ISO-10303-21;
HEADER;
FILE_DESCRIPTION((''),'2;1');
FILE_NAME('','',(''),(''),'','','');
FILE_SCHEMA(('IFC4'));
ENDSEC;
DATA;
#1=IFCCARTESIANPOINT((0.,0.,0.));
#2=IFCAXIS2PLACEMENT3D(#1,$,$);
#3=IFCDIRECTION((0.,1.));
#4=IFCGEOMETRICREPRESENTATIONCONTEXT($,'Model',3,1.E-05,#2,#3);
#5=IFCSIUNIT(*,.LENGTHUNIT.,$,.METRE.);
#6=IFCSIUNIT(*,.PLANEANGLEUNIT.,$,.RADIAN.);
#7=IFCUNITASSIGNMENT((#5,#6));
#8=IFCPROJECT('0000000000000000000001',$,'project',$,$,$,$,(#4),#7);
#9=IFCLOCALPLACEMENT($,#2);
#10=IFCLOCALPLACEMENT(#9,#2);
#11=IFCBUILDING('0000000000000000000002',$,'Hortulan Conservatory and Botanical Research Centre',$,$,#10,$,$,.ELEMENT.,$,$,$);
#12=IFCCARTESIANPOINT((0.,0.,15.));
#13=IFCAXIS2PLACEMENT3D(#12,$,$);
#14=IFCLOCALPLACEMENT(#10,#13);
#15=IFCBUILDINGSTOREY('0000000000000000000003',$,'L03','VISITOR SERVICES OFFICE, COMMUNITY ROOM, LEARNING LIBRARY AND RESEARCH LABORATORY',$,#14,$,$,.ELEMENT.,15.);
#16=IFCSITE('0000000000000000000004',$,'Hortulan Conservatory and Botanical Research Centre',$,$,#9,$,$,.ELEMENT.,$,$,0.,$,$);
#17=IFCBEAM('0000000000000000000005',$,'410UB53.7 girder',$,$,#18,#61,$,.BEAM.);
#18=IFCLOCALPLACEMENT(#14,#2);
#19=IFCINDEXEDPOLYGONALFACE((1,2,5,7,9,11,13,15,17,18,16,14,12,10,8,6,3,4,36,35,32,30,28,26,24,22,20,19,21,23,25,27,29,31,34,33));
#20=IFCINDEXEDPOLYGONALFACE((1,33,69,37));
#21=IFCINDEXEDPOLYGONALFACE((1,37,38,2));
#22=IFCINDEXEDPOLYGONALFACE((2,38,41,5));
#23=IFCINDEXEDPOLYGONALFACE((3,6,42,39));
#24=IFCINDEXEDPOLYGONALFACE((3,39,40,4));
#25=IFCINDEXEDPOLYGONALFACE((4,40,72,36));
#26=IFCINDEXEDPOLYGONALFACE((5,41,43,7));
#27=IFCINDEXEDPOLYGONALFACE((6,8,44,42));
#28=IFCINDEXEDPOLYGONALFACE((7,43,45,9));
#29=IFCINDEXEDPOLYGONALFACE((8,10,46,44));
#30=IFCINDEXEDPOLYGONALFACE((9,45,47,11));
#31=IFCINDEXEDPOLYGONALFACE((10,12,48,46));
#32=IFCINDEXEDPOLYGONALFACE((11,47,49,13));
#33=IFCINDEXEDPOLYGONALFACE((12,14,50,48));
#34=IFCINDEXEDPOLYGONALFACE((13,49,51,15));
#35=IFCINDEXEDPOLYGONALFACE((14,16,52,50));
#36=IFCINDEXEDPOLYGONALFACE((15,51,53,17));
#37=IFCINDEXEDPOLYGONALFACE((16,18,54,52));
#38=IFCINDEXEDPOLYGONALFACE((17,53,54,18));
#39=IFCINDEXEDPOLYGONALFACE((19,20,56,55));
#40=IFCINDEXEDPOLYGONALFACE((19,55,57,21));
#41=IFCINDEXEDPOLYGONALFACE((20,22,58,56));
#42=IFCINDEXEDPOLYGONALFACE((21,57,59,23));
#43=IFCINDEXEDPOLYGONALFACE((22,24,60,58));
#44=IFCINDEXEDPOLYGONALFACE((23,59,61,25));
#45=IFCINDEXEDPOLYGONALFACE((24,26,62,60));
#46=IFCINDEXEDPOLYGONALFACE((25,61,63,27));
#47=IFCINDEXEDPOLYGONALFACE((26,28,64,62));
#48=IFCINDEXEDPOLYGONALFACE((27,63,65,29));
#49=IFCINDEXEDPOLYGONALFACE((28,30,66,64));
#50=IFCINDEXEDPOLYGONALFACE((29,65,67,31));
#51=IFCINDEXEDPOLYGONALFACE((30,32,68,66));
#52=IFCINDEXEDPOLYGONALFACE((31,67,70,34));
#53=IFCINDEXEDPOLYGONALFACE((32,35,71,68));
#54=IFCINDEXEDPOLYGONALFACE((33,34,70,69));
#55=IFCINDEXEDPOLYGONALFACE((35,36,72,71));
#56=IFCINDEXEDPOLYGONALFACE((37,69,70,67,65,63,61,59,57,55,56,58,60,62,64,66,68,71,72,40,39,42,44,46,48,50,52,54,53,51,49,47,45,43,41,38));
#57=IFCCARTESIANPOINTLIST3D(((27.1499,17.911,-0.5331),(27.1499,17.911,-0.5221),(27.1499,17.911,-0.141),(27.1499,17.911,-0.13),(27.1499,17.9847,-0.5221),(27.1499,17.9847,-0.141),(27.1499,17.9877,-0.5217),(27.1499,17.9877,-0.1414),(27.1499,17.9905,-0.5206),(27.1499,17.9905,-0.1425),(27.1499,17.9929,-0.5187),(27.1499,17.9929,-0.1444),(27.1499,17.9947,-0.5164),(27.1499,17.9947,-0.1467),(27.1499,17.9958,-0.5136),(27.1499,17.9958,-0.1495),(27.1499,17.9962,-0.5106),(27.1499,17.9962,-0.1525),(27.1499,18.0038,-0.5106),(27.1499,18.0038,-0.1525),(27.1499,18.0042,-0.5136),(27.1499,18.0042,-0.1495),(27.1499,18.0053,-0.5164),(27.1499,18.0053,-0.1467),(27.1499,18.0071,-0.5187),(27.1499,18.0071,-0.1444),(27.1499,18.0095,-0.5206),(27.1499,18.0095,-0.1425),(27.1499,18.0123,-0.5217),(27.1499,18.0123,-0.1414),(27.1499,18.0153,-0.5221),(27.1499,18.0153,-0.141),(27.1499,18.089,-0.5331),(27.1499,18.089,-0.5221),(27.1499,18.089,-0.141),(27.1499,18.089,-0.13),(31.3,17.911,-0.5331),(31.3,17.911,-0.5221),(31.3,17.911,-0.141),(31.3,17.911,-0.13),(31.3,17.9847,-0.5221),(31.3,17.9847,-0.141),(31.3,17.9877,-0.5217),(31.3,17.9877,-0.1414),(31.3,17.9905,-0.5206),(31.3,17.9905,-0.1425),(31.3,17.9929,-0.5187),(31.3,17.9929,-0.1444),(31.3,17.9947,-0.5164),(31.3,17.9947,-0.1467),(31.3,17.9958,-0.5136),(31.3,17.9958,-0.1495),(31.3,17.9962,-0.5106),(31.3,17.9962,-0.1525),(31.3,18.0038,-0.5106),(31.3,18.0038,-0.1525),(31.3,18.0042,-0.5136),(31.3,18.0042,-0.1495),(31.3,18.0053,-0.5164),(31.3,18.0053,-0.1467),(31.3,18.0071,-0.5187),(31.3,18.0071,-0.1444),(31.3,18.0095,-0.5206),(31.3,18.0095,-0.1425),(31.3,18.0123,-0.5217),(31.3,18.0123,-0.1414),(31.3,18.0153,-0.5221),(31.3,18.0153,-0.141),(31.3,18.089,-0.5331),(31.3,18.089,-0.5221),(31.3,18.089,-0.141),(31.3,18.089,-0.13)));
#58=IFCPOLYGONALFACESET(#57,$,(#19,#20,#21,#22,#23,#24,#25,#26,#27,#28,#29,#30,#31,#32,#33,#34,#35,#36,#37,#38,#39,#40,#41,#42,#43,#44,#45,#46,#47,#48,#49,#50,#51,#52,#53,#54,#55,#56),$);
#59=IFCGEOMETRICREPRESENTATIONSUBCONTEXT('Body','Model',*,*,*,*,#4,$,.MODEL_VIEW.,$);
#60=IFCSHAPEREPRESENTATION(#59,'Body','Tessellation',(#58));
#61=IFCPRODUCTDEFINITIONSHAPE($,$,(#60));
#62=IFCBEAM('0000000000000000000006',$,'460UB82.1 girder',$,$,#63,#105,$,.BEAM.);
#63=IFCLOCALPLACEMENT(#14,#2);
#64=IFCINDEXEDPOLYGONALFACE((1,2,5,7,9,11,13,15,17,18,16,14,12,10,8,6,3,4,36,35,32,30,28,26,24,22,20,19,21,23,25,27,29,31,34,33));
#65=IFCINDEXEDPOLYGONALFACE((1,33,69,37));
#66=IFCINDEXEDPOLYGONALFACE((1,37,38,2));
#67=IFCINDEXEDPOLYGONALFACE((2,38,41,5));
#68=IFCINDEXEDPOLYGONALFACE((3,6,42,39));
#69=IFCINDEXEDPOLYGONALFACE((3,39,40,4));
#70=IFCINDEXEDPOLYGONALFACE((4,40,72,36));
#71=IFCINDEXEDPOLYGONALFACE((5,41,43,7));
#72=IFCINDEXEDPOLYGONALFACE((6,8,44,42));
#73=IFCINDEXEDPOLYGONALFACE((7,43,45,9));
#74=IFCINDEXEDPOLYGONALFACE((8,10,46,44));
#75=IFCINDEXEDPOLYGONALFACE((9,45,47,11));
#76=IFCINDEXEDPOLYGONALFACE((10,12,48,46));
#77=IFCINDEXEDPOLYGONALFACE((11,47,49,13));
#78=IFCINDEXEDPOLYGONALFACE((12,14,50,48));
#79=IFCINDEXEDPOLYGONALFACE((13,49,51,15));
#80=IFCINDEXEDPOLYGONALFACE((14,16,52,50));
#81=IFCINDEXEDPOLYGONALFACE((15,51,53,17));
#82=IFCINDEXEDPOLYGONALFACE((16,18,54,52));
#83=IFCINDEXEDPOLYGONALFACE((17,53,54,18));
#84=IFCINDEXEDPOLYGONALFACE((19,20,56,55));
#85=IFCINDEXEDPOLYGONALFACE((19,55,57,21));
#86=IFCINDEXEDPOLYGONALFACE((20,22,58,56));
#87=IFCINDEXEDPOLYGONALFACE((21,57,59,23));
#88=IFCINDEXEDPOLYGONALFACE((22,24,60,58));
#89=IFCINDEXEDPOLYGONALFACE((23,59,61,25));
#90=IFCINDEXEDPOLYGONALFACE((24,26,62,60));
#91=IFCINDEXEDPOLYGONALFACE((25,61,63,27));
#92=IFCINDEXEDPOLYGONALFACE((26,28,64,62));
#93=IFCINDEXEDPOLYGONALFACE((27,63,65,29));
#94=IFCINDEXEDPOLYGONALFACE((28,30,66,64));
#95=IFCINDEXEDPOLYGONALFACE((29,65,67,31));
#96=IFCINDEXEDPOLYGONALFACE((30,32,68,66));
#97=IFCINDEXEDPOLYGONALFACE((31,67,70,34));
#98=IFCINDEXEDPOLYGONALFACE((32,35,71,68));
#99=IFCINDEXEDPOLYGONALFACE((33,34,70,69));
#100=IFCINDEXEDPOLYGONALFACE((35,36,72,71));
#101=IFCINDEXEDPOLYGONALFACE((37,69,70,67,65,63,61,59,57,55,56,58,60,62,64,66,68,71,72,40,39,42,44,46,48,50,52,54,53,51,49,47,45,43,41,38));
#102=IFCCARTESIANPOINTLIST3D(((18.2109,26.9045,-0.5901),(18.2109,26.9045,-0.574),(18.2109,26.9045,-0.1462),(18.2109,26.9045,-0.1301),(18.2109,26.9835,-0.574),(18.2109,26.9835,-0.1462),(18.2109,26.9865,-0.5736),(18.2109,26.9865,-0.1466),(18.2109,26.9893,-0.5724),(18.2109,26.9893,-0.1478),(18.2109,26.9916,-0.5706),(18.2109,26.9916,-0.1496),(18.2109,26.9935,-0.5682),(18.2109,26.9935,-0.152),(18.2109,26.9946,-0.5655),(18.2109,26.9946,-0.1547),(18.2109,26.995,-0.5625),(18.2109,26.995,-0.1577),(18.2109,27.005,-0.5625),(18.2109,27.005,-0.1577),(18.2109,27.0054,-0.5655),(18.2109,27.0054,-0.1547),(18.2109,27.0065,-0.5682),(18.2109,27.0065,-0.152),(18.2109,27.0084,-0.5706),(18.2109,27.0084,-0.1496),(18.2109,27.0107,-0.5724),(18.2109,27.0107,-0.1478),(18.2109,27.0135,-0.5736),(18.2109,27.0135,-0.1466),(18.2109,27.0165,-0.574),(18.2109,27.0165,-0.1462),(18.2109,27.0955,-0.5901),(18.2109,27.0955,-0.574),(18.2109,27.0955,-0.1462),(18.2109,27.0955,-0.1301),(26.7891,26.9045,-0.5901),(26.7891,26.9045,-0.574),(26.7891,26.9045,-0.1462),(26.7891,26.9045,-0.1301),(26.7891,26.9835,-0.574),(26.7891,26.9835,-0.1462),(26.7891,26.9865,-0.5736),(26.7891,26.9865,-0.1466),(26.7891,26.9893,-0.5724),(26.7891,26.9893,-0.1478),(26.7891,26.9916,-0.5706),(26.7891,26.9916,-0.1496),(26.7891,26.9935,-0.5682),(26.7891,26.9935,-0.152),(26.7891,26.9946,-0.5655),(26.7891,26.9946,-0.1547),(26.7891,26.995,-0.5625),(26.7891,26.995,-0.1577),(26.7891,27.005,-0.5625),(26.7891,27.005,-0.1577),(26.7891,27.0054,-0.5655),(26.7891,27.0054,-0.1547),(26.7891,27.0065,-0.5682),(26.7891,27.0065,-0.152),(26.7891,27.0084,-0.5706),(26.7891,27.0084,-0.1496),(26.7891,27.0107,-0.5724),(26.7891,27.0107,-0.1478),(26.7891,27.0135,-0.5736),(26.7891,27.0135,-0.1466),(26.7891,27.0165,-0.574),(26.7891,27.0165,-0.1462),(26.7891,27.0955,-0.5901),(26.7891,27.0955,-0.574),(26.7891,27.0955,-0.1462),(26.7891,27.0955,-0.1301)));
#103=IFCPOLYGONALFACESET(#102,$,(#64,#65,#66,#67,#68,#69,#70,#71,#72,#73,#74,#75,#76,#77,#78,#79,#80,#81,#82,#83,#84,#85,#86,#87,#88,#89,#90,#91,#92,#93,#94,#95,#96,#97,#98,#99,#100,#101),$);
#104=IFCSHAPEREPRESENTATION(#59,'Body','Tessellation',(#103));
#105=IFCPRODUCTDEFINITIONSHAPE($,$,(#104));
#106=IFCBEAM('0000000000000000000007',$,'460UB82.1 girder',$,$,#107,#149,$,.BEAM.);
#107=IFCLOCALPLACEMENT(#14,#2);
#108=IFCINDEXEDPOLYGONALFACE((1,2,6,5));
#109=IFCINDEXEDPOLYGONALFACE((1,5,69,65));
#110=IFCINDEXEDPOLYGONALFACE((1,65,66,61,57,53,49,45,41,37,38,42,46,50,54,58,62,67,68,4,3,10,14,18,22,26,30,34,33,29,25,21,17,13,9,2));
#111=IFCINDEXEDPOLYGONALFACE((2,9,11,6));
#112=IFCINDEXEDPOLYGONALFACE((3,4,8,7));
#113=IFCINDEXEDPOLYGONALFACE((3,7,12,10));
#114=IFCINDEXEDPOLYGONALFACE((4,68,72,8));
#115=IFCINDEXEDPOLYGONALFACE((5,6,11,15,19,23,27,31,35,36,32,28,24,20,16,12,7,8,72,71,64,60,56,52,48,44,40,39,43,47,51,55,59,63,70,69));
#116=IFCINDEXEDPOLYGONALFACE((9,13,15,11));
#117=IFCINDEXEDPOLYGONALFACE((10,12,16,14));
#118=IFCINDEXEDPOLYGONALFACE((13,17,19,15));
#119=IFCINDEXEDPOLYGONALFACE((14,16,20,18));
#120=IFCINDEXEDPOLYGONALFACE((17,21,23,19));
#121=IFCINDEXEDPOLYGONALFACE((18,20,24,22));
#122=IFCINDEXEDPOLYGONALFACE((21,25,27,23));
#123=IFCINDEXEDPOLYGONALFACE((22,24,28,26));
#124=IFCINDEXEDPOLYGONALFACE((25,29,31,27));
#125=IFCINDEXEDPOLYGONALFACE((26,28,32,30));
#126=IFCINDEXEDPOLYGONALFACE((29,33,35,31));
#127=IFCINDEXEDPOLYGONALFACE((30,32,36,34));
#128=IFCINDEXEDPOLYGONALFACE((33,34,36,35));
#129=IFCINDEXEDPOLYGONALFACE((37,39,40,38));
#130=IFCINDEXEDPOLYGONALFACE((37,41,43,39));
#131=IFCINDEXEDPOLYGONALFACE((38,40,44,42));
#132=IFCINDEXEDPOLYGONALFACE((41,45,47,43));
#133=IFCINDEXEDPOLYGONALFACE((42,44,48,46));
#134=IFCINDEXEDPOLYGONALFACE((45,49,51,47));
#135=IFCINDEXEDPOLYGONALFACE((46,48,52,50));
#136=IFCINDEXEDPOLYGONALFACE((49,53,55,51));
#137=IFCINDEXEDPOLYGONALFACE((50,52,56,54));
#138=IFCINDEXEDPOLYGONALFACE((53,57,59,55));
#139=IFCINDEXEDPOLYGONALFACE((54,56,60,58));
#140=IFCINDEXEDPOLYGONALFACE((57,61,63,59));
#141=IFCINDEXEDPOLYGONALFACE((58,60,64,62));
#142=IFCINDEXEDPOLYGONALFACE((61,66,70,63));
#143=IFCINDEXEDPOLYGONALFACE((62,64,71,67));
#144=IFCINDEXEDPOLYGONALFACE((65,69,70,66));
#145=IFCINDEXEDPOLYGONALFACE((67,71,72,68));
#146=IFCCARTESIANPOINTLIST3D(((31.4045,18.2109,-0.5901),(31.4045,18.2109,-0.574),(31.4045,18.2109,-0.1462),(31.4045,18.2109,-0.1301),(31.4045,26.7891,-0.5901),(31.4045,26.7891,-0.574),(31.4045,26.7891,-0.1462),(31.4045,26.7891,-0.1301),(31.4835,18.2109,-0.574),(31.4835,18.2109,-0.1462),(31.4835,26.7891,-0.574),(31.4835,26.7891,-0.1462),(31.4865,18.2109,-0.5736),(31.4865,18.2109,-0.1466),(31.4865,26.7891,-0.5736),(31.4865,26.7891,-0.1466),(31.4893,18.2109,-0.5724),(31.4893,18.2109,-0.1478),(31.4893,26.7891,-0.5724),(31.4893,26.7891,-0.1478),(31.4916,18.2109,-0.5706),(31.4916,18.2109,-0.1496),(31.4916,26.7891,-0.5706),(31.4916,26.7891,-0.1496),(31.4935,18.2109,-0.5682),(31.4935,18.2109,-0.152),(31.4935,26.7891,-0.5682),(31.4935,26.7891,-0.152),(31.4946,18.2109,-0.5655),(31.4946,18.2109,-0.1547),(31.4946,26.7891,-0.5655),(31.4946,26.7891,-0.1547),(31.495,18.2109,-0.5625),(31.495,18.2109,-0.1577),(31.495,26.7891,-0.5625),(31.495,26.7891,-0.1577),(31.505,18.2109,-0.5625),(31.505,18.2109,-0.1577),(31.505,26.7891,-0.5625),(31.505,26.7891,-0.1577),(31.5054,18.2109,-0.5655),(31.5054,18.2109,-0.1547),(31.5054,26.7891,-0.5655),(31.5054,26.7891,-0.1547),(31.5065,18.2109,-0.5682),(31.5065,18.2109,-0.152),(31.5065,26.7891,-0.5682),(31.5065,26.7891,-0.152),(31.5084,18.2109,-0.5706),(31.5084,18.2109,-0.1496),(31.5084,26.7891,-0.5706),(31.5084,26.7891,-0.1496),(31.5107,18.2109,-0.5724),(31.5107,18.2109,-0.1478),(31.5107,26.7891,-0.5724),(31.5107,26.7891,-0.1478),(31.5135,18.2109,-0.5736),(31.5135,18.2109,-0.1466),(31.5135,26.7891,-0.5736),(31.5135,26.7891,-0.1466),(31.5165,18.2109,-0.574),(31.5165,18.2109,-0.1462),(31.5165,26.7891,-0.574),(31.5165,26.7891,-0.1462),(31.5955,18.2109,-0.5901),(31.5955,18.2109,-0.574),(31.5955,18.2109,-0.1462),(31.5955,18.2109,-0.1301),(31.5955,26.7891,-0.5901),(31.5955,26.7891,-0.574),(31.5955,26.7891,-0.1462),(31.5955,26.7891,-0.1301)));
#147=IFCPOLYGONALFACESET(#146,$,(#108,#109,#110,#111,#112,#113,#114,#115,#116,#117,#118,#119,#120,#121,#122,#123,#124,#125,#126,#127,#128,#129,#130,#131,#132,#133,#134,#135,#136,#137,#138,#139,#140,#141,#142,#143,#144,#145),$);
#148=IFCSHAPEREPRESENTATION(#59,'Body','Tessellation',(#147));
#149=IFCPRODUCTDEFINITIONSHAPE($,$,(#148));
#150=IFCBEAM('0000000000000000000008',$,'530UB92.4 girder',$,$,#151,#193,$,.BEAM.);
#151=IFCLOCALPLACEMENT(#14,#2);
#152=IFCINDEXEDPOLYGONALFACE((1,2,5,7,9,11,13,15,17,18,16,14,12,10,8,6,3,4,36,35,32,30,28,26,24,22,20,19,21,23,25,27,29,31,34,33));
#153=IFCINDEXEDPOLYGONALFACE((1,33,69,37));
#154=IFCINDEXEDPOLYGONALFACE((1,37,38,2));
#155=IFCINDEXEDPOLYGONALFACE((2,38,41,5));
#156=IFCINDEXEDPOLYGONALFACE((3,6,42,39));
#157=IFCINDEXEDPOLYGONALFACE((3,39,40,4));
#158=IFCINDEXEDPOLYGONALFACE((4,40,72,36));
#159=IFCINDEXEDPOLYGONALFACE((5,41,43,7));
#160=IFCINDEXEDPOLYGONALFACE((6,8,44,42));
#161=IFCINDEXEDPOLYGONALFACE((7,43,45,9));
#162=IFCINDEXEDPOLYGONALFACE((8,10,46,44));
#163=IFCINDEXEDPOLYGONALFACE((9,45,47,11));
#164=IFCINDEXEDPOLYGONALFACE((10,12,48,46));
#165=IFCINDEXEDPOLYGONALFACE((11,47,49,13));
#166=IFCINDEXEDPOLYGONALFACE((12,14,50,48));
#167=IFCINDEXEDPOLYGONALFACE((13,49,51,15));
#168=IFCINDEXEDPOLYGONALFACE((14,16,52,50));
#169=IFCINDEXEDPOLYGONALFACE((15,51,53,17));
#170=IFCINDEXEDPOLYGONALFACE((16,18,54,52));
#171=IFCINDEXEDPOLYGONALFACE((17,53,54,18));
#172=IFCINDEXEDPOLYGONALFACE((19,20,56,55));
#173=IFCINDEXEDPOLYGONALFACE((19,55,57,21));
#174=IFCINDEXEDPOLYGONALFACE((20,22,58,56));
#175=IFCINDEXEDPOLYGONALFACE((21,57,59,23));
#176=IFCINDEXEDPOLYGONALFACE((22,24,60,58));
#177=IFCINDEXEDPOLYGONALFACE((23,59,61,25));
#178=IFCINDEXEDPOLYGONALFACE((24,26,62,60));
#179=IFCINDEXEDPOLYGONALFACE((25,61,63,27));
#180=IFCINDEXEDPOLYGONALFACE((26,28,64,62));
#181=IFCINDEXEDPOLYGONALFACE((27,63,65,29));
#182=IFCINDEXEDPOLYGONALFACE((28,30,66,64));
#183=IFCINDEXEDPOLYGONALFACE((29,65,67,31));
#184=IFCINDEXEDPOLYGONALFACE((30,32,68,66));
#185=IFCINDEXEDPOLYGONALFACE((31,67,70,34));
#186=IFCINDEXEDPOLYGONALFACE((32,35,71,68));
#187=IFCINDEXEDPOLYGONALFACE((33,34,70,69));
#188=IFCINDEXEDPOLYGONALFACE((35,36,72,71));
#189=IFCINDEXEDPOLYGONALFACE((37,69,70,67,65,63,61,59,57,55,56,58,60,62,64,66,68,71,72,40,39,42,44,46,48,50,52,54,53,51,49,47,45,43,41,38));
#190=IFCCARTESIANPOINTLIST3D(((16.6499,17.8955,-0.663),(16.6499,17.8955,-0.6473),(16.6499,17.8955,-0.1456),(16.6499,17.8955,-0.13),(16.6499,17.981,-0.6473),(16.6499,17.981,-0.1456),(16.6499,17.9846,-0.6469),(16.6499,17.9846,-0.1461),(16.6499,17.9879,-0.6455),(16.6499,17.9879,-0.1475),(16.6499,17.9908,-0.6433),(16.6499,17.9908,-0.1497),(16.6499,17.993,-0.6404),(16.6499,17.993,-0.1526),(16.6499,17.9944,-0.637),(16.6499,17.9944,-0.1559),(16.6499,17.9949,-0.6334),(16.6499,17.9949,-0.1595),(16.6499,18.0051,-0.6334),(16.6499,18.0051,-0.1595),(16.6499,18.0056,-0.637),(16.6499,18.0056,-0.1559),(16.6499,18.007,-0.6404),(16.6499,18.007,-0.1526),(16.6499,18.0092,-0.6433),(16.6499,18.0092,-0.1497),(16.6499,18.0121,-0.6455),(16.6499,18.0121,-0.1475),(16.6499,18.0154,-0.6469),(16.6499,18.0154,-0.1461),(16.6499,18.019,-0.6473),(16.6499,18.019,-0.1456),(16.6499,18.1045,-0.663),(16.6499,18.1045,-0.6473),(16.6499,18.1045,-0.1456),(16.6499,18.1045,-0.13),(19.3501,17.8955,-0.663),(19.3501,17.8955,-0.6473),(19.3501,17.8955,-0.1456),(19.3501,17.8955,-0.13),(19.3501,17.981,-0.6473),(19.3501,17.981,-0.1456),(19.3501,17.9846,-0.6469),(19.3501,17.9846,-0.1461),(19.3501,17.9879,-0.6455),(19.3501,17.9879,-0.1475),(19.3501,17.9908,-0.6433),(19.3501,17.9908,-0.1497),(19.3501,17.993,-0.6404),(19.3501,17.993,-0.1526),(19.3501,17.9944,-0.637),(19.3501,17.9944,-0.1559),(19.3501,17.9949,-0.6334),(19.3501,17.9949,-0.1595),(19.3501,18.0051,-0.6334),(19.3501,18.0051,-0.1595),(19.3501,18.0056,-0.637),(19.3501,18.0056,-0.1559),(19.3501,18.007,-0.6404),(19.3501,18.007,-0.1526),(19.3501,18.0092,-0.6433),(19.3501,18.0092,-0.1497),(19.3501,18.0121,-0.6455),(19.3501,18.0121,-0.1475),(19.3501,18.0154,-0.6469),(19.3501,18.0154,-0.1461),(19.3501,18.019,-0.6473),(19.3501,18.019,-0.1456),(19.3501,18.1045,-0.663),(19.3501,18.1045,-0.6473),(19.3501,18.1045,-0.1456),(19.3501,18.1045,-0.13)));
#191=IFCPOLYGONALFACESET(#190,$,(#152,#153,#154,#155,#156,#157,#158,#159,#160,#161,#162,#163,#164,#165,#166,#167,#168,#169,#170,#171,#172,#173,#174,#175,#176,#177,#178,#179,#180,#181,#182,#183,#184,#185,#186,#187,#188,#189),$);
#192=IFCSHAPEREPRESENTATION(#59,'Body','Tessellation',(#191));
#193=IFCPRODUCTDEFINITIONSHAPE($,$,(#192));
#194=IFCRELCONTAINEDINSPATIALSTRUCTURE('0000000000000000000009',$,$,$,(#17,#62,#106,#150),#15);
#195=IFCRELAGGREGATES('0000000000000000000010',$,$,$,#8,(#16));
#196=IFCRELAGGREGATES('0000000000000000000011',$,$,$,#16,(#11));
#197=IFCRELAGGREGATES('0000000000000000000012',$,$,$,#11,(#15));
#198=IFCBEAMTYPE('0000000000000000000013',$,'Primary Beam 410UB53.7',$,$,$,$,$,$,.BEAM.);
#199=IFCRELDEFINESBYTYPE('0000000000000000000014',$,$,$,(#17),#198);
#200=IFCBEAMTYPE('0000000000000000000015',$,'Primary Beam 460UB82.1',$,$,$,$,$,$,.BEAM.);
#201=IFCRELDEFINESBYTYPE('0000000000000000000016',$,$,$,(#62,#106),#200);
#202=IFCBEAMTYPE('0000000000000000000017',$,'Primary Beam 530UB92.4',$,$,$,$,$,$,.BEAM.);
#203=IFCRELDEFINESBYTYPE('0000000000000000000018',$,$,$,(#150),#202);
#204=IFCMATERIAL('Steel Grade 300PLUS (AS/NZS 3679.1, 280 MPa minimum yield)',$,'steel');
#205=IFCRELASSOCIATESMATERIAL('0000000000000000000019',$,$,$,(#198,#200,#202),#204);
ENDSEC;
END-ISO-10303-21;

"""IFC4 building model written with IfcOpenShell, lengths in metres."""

from ifc_helpers import new_model, si_unit, direction, frame, origin, origin_2d, place, context, subcontext, project, spatial, i_section, extrude, material, material_profile, profile_set, type_object, element, save


model = new_model("IFC4")

# Units and contexts
model_context = context("Model", 3, precision=1e-05, world=origin(), true_north=direction((0.0, 1.0)))
body_context = subcontext(model_context, "Body", "Model", "MODEL_VIEW")
ifc_project = project(units=[si_unit("LENGTHUNIT", "METRE"), si_unit("PLANEANGLEUNIT", "RADIAN")], contexts=[model_context])

# Site, building, storey
site_placement = place(None, origin())
site = spatial("IfcSite", under=ifc_project, at=site_placement, Name="Hortulan Conservatory and Botanical Research Centre", CompositionType="ELEMENT", RefElevation=0.0)
building_placement = place(site_placement, origin())
building = spatial("IfcBuilding", under=site, at=building_placement, Name="Hortulan Conservatory and Botanical Research Centre", CompositionType="ELEMENT")
storey_placement = place(building_placement, frame((0.0, 0.0, 15.0)))
storey = spatial("IfcBuildingStorey", under=building, at=storey_placement, Name="L03", Description="VISITOR SERVICES OFFICE, COMMUNITY ROOM, LEARNING LIBRARY AND RESEARCH LABORATORY", CompositionType="ELEMENT", Elevation=15.0)

# Beams
ifc_material_1 = material(Name="Steel Grade 300PLUS (AS/NZS 3679.1, 280 MPa minimum yield)", Category="steel")
ifc_material_profile_1 = material_profile(ifc_material_1, i_section(OverallWidth=0.178, OverallDepth=0.4031, WebThickness=0.0076, FlangeThickness=0.011, FilletRadius=0.0115, at=origin_2d()), Name="410UB53.7")
ifc_profile_set_1 = profile_set([ifc_material_profile_1], Name="Steel Grade 300PLUS (AS/NZS 3679.1, 280 MPa minimum yield)")
beam_type_1 = type_object("IfcBeamType", Name="Primary Beam 410UB53.7", PredefinedType="BEAM", material=ifc_profile_set_1)
beam_1_placement = place(storey_placement, frame((27.1499, 18.0, -0.3315), z_axis=(1.0, 0.0, 0.0), x_axis=(0.0, 1.0, 0.0)))
element("IfcBeam", 1, at=beam_1_placement, inside=storey, type_object=beam_type_1, Name="410UB53.7 girder", PredefinedType="BEAM", context=body_context, shape_type="SweptSolid", body=[
    extrude(i_section(OverallWidth=0.178, OverallDepth=0.4031, WebThickness=0.0076, FlangeThickness=0.011, FilletRadius=0.0115, at=origin_2d()), origin(), (0.0, 0.0, 1.0), 4.1501),
])
ifc_material_profile_2 = material_profile(ifc_material_1, i_section(OverallWidth=0.1909, OverallDepth=0.46, WebThickness=0.01, FlangeThickness=0.0161, FilletRadius=0.0115, at=origin_2d()), Name="460UB82.1")
ifc_profile_set_2 = profile_set([ifc_material_profile_2], Name="Steel Grade 300PLUS (AS/NZS 3679.1, 280 MPa minimum yield)")
beam_type_2 = type_object("IfcBeamType", Name="Primary Beam 460UB82.1", PredefinedType="BEAM", material=ifc_profile_set_2)
for number, where, z_axis, x_axis, name in (
    (2, (18.2109, 27.0, -0.3601), (1.0, 0.0, 0.0), (0.0, 1.0, 0.0), "460UB82.1 girder"),
    (3, (31.5, 18.2109, -0.3601), (0.0, 1.0, 0.0), (-1.0, 0.0, 0.0), "460UB82.1 girder"),
):
    element("IfcBeam", number, at=place(storey_placement, frame(where, z_axis=z_axis, x_axis=x_axis)), inside=storey, type_object=beam_type_2, Name=name, PredefinedType="BEAM", context=body_context, shape_type="SweptSolid", body=[
        extrude(i_section(OverallWidth=0.1909, OverallDepth=0.46, WebThickness=0.01, FlangeThickness=0.0161, FilletRadius=0.0115, at=origin_2d()), origin(), (0.0, 0.0, 1.0), 8.5781),
    ])
ifc_material_profile_3 = material_profile(ifc_material_1, i_section(OverallWidth=0.209, OverallDepth=0.533, WebThickness=0.0103, FlangeThickness=0.0156, FilletRadius=0.0139, at=origin_2d()), Name="530UB92.4")
ifc_profile_set_3 = profile_set([ifc_material_profile_3], Name="Steel Grade 300PLUS (AS/NZS 3679.1, 280 MPa minimum yield)")
beam_type_3 = type_object("IfcBeamType", Name="Primary Beam 530UB92.4", PredefinedType="BEAM", material=ifc_profile_set_3)
beam_2_placement = place(storey_placement, frame((16.6499, 18.0, -0.3965), z_axis=(1.0, 0.0, 0.0), x_axis=(0.0, 1.0, 0.0)))
element("IfcBeam", 4, at=beam_2_placement, inside=storey, type_object=beam_type_3, Name="530UB92.4 girder", PredefinedType="BEAM", context=body_context, shape_type="SweptSolid", body=[
    extrude(i_section(OverallWidth=0.209, OverallDepth=0.533, WebThickness=0.0103, FlangeThickness=0.0156, FilletRadius=0.0139, at=origin_2d()), origin(), (0.0, 0.0, 1.0), 2.7002),
])

save(model, "model.ifc")
